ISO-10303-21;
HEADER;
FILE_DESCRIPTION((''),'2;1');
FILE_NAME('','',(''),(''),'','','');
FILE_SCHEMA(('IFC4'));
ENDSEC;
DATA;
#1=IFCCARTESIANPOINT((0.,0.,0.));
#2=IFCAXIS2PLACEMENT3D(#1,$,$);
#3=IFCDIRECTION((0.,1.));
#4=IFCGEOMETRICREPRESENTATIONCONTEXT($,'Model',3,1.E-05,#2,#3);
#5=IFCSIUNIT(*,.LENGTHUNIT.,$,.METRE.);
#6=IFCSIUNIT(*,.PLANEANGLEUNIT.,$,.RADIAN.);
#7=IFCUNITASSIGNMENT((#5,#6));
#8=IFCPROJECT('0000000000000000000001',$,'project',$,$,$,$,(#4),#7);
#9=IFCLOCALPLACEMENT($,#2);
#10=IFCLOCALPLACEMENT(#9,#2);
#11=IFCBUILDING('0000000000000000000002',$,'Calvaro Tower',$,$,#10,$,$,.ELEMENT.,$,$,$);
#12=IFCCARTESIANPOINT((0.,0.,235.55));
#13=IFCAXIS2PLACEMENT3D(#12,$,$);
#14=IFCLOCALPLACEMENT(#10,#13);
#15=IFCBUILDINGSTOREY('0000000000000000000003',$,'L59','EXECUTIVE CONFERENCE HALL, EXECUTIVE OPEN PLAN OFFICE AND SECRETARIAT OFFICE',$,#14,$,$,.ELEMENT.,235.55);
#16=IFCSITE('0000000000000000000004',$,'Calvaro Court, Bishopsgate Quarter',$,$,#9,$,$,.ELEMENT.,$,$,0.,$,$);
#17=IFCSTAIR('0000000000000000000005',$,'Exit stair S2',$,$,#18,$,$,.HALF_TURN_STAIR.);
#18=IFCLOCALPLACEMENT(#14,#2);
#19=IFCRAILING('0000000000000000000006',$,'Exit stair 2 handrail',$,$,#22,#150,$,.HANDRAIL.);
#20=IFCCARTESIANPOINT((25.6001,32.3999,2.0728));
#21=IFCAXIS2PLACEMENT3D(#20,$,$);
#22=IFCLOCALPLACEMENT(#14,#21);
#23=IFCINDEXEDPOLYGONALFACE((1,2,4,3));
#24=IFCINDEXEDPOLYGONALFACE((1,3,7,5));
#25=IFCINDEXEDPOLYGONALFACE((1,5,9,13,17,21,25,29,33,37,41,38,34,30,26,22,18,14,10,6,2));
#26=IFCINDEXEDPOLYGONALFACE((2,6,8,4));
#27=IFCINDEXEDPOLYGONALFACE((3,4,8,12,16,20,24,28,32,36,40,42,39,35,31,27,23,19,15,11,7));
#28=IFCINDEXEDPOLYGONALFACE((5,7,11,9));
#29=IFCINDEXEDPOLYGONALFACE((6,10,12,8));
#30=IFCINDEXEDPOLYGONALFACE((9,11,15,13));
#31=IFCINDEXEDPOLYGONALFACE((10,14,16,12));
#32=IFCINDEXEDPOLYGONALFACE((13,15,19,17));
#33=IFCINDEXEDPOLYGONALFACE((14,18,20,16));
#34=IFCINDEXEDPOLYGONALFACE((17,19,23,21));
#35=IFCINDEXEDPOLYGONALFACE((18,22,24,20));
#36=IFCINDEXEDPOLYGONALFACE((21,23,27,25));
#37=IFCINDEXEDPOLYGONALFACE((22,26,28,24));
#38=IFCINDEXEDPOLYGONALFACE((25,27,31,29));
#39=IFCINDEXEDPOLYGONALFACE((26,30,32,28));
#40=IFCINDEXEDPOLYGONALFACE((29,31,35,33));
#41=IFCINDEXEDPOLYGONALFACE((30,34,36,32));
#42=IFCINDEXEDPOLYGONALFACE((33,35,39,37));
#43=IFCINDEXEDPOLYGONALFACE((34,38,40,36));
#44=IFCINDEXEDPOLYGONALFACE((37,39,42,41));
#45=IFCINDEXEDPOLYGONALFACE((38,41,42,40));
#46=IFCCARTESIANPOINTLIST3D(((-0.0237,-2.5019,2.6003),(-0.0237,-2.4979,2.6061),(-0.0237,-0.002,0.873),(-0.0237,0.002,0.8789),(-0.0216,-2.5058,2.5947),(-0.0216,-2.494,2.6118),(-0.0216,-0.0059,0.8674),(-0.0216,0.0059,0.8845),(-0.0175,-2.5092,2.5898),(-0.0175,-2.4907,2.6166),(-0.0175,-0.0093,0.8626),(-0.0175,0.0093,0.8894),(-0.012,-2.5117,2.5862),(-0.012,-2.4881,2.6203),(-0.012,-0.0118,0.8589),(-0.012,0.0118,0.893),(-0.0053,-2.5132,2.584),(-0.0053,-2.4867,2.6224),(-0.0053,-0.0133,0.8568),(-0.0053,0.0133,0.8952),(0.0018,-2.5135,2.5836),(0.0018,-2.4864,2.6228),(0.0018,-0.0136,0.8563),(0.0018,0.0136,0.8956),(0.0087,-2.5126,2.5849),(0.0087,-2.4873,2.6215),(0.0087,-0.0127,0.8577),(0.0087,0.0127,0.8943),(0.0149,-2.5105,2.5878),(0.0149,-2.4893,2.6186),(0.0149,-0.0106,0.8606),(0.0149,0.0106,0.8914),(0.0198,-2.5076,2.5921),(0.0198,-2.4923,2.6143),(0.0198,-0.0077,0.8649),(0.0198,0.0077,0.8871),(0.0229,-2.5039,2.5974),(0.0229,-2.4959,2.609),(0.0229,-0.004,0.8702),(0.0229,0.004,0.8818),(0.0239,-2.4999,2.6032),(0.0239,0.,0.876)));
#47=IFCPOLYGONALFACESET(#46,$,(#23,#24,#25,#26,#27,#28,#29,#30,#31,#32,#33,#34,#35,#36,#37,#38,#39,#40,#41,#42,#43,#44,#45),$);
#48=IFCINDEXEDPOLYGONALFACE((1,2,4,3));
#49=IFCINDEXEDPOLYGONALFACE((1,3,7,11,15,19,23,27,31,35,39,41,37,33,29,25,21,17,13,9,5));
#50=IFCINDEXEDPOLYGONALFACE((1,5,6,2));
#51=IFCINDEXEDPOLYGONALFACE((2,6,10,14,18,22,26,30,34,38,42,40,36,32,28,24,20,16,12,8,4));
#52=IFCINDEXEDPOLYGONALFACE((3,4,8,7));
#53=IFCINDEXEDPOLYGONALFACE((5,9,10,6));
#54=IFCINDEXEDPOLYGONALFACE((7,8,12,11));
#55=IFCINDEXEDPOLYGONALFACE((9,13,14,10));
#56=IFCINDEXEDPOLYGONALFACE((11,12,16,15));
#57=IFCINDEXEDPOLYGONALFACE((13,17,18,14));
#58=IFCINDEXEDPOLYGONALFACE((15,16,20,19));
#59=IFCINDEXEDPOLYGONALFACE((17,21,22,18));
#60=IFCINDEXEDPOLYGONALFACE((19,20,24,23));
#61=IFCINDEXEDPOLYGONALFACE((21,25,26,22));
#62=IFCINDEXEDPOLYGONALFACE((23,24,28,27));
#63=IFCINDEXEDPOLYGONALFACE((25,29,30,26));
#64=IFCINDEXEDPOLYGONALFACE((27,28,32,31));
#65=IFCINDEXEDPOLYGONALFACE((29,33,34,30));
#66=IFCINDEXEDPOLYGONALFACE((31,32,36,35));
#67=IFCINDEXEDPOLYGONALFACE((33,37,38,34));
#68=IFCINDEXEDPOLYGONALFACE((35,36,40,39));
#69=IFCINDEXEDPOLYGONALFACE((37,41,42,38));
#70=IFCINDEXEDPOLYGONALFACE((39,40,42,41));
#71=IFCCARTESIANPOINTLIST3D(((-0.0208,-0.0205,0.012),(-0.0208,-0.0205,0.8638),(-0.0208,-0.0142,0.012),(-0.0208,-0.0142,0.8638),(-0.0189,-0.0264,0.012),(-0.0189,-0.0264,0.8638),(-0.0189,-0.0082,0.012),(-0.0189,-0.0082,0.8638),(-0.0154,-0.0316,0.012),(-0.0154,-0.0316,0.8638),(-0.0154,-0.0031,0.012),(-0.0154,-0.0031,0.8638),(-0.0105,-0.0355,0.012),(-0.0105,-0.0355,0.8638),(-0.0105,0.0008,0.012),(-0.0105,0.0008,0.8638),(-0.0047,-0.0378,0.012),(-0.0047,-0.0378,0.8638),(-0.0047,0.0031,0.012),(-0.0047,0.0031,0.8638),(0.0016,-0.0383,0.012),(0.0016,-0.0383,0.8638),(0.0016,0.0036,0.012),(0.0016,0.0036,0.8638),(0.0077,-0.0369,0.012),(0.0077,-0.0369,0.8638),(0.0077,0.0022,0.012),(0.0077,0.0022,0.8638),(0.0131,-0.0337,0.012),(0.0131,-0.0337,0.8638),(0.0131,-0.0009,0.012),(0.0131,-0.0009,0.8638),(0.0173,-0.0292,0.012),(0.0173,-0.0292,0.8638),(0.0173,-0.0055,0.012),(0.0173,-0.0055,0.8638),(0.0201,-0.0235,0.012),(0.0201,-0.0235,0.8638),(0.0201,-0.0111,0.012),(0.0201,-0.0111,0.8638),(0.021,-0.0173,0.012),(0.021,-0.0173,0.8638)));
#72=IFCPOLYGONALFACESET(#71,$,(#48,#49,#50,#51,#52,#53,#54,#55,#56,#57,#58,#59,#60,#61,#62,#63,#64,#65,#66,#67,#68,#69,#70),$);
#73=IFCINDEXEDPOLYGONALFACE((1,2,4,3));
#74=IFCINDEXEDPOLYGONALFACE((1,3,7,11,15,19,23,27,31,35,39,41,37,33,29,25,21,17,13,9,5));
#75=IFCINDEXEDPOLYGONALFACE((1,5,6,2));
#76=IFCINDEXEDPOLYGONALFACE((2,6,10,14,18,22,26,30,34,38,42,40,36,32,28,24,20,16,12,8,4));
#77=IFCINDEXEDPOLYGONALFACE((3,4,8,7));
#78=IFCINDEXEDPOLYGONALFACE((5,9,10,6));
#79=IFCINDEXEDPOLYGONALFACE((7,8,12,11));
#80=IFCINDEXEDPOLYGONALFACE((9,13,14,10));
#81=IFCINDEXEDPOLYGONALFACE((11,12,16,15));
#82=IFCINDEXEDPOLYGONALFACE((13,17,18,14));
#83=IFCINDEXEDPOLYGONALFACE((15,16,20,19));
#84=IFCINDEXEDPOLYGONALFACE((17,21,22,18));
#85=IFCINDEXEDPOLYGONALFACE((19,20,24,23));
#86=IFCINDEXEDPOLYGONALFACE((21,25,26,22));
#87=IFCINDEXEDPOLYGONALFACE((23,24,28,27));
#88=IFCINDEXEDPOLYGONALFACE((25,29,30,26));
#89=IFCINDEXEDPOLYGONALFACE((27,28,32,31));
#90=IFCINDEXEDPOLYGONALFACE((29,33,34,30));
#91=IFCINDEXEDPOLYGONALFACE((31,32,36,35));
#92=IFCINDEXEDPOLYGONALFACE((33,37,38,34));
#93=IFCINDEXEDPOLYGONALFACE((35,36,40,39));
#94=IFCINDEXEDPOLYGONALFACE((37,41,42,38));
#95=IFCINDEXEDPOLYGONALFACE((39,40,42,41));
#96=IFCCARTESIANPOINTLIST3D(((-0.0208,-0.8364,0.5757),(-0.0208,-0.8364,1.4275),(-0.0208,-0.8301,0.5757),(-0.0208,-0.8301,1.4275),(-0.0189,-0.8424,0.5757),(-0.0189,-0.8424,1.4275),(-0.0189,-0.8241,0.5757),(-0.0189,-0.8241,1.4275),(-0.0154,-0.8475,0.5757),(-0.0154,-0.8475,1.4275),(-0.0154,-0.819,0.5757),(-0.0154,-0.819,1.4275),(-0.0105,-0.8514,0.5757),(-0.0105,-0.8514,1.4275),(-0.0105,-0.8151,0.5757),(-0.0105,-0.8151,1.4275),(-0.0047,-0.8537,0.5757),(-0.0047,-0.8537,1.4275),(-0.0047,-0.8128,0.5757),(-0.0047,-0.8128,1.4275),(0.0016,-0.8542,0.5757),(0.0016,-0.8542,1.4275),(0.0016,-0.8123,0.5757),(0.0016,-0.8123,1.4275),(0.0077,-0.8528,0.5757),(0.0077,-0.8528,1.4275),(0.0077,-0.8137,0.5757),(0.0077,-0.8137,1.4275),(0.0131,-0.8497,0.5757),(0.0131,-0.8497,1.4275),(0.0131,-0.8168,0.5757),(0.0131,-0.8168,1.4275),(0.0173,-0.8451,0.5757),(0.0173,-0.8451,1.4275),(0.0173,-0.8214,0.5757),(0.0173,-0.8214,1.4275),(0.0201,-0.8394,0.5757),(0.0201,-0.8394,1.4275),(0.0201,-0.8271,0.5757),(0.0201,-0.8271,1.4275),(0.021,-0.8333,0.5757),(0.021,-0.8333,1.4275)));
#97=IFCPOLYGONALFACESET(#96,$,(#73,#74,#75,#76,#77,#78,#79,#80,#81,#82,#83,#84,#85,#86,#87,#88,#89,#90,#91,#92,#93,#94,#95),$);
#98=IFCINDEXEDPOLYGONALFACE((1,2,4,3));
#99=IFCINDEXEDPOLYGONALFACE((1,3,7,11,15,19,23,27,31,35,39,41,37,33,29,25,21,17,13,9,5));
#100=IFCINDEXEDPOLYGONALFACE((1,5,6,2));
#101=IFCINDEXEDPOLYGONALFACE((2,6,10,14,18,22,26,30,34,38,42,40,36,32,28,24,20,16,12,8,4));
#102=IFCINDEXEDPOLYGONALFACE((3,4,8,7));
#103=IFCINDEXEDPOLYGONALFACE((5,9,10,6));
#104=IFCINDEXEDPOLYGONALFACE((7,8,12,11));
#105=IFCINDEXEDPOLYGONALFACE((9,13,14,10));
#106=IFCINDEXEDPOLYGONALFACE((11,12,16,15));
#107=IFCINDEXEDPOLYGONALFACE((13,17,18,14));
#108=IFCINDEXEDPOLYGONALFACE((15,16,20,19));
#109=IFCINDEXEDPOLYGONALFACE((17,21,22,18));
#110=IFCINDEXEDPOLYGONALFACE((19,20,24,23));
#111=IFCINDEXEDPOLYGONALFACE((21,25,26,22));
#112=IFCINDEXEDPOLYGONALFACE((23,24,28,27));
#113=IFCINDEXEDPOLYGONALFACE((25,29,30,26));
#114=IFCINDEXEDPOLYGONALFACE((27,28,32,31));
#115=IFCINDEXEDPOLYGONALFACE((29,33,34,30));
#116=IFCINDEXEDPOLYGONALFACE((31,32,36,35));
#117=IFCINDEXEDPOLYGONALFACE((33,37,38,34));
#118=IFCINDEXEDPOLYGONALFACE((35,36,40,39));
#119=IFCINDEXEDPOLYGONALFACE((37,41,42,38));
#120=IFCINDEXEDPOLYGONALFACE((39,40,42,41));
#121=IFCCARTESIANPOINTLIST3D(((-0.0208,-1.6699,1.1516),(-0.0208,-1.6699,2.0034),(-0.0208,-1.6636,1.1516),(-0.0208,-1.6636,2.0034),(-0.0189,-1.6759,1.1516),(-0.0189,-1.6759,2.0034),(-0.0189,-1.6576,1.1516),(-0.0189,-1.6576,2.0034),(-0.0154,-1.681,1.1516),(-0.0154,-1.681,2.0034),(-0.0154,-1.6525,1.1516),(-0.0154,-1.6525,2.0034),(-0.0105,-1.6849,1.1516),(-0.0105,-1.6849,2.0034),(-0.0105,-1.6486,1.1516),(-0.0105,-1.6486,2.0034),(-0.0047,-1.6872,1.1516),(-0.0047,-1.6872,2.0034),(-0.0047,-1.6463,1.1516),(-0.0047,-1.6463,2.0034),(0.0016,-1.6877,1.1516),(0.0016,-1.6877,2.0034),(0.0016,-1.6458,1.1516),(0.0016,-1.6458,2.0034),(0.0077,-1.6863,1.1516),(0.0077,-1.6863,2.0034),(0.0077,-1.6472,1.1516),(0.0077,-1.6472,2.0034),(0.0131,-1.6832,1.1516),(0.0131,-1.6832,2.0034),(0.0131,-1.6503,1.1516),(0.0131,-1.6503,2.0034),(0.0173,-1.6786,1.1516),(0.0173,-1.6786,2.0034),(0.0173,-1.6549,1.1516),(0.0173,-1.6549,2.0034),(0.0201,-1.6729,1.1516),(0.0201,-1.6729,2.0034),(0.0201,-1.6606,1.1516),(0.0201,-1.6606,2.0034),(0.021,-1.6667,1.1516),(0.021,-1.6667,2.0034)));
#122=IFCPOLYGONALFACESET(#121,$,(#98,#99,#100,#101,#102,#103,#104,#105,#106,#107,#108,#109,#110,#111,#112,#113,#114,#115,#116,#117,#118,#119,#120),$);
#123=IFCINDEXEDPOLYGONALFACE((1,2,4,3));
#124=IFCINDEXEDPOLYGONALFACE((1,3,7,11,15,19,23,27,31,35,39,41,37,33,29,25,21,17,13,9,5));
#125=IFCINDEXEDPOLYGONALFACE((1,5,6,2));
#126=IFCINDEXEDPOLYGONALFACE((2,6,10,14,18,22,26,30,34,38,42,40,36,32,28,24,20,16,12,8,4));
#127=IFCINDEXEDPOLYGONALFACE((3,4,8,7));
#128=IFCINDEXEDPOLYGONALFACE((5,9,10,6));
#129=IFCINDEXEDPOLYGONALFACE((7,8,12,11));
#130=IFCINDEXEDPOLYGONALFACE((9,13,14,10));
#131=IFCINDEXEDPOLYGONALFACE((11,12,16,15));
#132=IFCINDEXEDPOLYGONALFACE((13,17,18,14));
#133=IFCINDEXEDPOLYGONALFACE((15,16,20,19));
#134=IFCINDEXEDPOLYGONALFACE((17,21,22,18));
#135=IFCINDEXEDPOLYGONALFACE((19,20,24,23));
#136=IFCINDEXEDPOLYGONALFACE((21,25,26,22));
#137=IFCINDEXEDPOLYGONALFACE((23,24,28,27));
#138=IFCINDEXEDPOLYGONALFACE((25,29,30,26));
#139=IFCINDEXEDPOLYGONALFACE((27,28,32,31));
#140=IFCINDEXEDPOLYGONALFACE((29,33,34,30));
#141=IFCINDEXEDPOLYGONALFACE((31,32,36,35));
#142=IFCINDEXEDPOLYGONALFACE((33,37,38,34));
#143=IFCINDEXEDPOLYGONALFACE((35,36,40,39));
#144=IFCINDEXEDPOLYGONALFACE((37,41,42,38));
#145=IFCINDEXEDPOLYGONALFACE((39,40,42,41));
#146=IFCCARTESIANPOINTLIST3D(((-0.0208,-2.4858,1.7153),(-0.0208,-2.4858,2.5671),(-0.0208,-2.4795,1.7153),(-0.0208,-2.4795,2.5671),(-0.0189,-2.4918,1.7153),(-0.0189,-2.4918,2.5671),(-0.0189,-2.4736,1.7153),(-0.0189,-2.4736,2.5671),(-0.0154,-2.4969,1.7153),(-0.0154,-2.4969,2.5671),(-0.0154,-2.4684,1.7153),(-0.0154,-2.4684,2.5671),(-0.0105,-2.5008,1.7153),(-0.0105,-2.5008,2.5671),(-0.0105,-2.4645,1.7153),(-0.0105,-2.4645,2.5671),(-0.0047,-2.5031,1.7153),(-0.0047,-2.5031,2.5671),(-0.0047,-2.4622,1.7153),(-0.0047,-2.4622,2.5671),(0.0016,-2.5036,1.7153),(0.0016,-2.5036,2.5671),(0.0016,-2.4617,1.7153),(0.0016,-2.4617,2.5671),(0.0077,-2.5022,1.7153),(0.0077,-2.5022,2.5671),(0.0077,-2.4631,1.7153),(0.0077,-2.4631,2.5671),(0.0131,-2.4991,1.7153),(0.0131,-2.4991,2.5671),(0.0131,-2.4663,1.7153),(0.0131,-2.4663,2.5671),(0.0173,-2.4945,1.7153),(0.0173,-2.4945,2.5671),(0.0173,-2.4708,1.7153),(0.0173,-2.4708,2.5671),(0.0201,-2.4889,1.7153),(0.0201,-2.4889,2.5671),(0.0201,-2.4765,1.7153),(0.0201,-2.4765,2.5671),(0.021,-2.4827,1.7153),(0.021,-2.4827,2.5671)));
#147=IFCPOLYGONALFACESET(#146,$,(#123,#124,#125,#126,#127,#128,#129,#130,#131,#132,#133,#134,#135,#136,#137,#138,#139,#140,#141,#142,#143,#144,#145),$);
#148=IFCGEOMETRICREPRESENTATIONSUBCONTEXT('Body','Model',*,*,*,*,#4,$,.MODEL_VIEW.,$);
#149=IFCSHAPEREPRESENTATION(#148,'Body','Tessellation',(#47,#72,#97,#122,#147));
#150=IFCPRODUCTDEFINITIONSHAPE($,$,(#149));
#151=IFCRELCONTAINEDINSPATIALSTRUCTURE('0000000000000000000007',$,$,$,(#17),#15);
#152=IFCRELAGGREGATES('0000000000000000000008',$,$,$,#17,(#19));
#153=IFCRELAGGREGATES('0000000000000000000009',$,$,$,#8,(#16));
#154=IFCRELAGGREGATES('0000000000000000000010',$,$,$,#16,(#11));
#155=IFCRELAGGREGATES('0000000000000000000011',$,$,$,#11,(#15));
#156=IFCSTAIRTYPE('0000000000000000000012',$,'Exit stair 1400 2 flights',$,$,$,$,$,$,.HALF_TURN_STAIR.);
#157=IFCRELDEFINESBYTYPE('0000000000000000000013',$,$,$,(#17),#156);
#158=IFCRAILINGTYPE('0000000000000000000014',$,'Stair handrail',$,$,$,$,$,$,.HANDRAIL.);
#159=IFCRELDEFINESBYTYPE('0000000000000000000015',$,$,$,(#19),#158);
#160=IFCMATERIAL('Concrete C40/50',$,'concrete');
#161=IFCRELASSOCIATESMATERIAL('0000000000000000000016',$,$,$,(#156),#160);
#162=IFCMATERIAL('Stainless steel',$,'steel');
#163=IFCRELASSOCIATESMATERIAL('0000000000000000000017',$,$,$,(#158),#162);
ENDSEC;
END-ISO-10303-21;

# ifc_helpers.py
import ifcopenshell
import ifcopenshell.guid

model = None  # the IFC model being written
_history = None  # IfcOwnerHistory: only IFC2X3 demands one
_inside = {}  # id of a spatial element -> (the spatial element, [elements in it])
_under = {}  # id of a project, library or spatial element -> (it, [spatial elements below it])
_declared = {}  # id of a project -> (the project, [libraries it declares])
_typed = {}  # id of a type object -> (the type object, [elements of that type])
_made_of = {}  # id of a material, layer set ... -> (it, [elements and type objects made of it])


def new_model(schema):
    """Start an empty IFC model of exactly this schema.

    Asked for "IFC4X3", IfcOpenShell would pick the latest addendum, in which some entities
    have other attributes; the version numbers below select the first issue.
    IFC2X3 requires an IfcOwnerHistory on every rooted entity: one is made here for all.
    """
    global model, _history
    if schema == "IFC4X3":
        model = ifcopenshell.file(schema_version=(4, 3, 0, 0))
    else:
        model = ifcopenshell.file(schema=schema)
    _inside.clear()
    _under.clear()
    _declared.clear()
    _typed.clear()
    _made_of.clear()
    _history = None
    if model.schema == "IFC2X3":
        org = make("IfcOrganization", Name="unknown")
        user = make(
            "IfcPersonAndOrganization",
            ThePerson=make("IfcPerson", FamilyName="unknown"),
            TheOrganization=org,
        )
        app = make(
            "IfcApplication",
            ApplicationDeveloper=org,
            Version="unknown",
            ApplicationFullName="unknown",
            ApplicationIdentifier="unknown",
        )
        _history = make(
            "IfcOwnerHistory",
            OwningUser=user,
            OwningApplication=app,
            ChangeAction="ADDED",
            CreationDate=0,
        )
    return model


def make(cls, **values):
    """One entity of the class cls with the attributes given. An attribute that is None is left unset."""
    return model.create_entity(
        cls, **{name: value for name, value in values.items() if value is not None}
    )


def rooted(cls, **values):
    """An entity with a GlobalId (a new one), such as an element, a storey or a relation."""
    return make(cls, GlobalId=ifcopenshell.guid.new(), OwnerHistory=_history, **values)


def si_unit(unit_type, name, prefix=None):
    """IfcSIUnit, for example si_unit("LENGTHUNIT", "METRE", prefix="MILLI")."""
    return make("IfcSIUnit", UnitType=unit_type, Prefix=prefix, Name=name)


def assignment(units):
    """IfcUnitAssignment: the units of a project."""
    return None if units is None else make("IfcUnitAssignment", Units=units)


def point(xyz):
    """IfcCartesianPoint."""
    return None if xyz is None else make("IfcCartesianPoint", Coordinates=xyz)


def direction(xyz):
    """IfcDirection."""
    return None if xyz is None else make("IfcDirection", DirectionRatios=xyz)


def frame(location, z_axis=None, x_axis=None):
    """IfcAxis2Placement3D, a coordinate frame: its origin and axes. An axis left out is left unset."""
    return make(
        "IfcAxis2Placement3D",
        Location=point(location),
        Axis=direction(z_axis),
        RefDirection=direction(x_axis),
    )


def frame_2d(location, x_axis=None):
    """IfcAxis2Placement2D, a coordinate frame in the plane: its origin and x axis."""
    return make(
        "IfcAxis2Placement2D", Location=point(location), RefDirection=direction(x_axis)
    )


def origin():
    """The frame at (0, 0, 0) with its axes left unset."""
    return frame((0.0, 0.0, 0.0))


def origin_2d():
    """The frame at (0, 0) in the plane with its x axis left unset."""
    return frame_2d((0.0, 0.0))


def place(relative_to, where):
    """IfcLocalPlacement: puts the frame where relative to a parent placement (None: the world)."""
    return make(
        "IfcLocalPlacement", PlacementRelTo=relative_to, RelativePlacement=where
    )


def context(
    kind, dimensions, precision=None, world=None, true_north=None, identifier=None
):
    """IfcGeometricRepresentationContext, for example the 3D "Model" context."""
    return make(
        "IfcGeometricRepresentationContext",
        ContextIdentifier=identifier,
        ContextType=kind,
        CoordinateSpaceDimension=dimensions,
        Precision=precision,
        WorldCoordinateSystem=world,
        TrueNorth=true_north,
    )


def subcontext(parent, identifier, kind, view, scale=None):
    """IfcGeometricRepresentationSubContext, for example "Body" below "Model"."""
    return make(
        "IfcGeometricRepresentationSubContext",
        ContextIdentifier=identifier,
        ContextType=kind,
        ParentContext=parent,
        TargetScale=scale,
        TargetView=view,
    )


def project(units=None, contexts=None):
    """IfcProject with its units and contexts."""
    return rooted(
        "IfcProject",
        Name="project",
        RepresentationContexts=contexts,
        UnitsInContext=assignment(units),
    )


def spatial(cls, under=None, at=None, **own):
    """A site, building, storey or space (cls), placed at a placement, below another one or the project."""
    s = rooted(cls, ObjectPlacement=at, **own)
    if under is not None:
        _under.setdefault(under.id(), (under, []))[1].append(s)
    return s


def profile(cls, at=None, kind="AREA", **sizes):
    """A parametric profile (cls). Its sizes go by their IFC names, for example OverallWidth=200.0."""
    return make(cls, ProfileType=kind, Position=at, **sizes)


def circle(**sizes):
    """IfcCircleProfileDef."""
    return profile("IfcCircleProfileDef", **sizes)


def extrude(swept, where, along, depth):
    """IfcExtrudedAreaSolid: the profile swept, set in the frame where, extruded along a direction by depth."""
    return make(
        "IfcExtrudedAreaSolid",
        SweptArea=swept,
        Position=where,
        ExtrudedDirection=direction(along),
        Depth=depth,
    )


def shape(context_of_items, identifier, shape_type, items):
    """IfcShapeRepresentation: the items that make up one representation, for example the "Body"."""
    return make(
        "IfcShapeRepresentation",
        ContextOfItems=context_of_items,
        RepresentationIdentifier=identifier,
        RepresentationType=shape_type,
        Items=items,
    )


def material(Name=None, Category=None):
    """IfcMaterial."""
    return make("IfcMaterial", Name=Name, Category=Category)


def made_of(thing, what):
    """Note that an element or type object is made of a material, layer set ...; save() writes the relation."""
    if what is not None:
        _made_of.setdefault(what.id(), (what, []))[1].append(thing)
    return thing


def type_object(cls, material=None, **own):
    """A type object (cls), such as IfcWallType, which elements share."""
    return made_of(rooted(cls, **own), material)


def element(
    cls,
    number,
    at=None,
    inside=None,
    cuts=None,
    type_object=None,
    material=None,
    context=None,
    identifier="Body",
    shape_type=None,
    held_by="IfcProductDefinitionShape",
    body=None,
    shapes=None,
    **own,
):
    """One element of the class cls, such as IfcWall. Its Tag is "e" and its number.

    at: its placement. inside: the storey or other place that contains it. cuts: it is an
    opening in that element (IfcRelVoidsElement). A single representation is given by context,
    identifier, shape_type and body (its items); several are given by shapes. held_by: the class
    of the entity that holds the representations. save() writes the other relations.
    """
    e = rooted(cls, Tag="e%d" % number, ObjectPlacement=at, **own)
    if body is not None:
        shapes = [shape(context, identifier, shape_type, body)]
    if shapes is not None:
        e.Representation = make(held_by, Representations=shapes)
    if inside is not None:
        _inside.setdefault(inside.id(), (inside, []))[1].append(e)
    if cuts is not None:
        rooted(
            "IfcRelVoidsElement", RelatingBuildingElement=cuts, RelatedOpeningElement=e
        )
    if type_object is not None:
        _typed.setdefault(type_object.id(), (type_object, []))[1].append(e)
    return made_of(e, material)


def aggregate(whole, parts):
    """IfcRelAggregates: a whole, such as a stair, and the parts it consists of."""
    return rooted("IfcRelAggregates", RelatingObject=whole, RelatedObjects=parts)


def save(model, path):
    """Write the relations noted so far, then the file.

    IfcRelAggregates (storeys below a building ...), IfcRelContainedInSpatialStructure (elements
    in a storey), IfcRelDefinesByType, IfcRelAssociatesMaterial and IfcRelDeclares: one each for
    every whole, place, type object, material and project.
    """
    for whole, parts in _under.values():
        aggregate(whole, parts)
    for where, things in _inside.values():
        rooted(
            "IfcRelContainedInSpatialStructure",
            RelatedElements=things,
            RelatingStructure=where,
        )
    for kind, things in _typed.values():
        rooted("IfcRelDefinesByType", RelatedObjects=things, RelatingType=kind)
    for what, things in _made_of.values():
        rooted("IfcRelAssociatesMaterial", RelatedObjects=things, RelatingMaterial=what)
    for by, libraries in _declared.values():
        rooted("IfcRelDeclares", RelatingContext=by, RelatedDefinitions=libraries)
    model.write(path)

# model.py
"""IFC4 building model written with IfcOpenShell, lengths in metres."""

from ifc_helpers import new_model, si_unit, direction, frame, origin, origin_2d, place, context, subcontext, project, spatial, circle, extrude, material, type_object, element, aggregate, save


model = new_model("IFC4")

# Units and contexts
model_context = context("Model", 3, precision=1e-05, world=origin(), true_north=direction((0.0, 1.0)))
body_context = subcontext(model_context, "Body", "Model", "MODEL_VIEW")
ifc_project = project(units=[si_unit("LENGTHUNIT", "METRE"), si_unit("PLANEANGLEUNIT", "RADIAN")], contexts=[model_context])

# Site, building, storey
site_placement = place(None, origin())
site = spatial("IfcSite", under=ifc_project, at=site_placement, Name="Calvaro Court, Bishopsgate Quarter", CompositionType="ELEMENT", RefElevation=0.0)
building_placement = place(site_placement, origin())
building = spatial("IfcBuilding", under=site, at=building_placement, Name="Calvaro Tower", CompositionType="ELEMENT")
storey_placement = place(building_placement, frame((0.0, 0.0, 235.55)))
storey = spatial("IfcBuildingStorey", under=building, at=storey_placement, Name="L59", Description="EXECUTIVE CONFERENCE HALL, EXECUTIVE OPEN PLAN OFFICE AND SECRETARIAT OFFICE", CompositionType="ELEMENT", Elevation=235.55)

# Stair, railing
ifc_material_1 = material(Name="Concrete C40/50", Category="concrete")
stair_type = type_object("IfcStairType", Name="Exit stair 1400 2 flights", PredefinedType="HALF_TURN_STAIR", material=ifc_material_1)
stair_placement = place(storey_placement, origin())
stair = element("IfcStair", 1, at=stair_placement, inside=storey, type_object=stair_type, Name="Exit stair S2", PredefinedType="HALF_TURN_STAIR")
ifc_material_2 = material(Name="Stainless steel", Category="steel")
railing_type = type_object("IfcRailingType", Name="Stair handrail", PredefinedType="HANDRAIL", material=ifc_material_2)
railing_1_placement = place(storey_placement, frame((25.6001, 32.3999, 2.0728)))
railing_1 = element("IfcRailing", 2, at=railing_1_placement, type_object=railing_type, Name="Exit stair 2 handrail", PredefinedType="HANDRAIL", context=body_context, shape_type="SweptSolid", body=[
    extrude(circle(Radius=0.0239, at=origin_2d()), frame((0.0, 0.0, 0.876), z_axis=(0.0, -0.822727, 0.568437), x_axis=(1.0, 0.0, 0.0)), (0.0, 0.0, 1.0), 3.0386),
    extrude(circle(Radius=0.021, at=origin_2d()), frame((0.0, -0.0173, 0.012)), (0.0, 0.0, 1.0), 0.8518),
    extrude(circle(Radius=0.021, at=origin_2d()), frame((0.0, -0.8333, 0.5757)), (0.0, 0.0, 1.0), 0.8518),
    extrude(circle(Radius=0.021, at=origin_2d()), frame((0.0, -1.6667, 1.1516)), (0.0, 0.0, 1.0), 0.8518),
    extrude(circle(Radius=0.021, at=origin_2d()), frame((0.0, -2.4827, 1.7153)), (0.0, 0.0, 1.0), 0.8518),
])
aggregate(stair, [railing_1])

save(model, "model.ifc")
